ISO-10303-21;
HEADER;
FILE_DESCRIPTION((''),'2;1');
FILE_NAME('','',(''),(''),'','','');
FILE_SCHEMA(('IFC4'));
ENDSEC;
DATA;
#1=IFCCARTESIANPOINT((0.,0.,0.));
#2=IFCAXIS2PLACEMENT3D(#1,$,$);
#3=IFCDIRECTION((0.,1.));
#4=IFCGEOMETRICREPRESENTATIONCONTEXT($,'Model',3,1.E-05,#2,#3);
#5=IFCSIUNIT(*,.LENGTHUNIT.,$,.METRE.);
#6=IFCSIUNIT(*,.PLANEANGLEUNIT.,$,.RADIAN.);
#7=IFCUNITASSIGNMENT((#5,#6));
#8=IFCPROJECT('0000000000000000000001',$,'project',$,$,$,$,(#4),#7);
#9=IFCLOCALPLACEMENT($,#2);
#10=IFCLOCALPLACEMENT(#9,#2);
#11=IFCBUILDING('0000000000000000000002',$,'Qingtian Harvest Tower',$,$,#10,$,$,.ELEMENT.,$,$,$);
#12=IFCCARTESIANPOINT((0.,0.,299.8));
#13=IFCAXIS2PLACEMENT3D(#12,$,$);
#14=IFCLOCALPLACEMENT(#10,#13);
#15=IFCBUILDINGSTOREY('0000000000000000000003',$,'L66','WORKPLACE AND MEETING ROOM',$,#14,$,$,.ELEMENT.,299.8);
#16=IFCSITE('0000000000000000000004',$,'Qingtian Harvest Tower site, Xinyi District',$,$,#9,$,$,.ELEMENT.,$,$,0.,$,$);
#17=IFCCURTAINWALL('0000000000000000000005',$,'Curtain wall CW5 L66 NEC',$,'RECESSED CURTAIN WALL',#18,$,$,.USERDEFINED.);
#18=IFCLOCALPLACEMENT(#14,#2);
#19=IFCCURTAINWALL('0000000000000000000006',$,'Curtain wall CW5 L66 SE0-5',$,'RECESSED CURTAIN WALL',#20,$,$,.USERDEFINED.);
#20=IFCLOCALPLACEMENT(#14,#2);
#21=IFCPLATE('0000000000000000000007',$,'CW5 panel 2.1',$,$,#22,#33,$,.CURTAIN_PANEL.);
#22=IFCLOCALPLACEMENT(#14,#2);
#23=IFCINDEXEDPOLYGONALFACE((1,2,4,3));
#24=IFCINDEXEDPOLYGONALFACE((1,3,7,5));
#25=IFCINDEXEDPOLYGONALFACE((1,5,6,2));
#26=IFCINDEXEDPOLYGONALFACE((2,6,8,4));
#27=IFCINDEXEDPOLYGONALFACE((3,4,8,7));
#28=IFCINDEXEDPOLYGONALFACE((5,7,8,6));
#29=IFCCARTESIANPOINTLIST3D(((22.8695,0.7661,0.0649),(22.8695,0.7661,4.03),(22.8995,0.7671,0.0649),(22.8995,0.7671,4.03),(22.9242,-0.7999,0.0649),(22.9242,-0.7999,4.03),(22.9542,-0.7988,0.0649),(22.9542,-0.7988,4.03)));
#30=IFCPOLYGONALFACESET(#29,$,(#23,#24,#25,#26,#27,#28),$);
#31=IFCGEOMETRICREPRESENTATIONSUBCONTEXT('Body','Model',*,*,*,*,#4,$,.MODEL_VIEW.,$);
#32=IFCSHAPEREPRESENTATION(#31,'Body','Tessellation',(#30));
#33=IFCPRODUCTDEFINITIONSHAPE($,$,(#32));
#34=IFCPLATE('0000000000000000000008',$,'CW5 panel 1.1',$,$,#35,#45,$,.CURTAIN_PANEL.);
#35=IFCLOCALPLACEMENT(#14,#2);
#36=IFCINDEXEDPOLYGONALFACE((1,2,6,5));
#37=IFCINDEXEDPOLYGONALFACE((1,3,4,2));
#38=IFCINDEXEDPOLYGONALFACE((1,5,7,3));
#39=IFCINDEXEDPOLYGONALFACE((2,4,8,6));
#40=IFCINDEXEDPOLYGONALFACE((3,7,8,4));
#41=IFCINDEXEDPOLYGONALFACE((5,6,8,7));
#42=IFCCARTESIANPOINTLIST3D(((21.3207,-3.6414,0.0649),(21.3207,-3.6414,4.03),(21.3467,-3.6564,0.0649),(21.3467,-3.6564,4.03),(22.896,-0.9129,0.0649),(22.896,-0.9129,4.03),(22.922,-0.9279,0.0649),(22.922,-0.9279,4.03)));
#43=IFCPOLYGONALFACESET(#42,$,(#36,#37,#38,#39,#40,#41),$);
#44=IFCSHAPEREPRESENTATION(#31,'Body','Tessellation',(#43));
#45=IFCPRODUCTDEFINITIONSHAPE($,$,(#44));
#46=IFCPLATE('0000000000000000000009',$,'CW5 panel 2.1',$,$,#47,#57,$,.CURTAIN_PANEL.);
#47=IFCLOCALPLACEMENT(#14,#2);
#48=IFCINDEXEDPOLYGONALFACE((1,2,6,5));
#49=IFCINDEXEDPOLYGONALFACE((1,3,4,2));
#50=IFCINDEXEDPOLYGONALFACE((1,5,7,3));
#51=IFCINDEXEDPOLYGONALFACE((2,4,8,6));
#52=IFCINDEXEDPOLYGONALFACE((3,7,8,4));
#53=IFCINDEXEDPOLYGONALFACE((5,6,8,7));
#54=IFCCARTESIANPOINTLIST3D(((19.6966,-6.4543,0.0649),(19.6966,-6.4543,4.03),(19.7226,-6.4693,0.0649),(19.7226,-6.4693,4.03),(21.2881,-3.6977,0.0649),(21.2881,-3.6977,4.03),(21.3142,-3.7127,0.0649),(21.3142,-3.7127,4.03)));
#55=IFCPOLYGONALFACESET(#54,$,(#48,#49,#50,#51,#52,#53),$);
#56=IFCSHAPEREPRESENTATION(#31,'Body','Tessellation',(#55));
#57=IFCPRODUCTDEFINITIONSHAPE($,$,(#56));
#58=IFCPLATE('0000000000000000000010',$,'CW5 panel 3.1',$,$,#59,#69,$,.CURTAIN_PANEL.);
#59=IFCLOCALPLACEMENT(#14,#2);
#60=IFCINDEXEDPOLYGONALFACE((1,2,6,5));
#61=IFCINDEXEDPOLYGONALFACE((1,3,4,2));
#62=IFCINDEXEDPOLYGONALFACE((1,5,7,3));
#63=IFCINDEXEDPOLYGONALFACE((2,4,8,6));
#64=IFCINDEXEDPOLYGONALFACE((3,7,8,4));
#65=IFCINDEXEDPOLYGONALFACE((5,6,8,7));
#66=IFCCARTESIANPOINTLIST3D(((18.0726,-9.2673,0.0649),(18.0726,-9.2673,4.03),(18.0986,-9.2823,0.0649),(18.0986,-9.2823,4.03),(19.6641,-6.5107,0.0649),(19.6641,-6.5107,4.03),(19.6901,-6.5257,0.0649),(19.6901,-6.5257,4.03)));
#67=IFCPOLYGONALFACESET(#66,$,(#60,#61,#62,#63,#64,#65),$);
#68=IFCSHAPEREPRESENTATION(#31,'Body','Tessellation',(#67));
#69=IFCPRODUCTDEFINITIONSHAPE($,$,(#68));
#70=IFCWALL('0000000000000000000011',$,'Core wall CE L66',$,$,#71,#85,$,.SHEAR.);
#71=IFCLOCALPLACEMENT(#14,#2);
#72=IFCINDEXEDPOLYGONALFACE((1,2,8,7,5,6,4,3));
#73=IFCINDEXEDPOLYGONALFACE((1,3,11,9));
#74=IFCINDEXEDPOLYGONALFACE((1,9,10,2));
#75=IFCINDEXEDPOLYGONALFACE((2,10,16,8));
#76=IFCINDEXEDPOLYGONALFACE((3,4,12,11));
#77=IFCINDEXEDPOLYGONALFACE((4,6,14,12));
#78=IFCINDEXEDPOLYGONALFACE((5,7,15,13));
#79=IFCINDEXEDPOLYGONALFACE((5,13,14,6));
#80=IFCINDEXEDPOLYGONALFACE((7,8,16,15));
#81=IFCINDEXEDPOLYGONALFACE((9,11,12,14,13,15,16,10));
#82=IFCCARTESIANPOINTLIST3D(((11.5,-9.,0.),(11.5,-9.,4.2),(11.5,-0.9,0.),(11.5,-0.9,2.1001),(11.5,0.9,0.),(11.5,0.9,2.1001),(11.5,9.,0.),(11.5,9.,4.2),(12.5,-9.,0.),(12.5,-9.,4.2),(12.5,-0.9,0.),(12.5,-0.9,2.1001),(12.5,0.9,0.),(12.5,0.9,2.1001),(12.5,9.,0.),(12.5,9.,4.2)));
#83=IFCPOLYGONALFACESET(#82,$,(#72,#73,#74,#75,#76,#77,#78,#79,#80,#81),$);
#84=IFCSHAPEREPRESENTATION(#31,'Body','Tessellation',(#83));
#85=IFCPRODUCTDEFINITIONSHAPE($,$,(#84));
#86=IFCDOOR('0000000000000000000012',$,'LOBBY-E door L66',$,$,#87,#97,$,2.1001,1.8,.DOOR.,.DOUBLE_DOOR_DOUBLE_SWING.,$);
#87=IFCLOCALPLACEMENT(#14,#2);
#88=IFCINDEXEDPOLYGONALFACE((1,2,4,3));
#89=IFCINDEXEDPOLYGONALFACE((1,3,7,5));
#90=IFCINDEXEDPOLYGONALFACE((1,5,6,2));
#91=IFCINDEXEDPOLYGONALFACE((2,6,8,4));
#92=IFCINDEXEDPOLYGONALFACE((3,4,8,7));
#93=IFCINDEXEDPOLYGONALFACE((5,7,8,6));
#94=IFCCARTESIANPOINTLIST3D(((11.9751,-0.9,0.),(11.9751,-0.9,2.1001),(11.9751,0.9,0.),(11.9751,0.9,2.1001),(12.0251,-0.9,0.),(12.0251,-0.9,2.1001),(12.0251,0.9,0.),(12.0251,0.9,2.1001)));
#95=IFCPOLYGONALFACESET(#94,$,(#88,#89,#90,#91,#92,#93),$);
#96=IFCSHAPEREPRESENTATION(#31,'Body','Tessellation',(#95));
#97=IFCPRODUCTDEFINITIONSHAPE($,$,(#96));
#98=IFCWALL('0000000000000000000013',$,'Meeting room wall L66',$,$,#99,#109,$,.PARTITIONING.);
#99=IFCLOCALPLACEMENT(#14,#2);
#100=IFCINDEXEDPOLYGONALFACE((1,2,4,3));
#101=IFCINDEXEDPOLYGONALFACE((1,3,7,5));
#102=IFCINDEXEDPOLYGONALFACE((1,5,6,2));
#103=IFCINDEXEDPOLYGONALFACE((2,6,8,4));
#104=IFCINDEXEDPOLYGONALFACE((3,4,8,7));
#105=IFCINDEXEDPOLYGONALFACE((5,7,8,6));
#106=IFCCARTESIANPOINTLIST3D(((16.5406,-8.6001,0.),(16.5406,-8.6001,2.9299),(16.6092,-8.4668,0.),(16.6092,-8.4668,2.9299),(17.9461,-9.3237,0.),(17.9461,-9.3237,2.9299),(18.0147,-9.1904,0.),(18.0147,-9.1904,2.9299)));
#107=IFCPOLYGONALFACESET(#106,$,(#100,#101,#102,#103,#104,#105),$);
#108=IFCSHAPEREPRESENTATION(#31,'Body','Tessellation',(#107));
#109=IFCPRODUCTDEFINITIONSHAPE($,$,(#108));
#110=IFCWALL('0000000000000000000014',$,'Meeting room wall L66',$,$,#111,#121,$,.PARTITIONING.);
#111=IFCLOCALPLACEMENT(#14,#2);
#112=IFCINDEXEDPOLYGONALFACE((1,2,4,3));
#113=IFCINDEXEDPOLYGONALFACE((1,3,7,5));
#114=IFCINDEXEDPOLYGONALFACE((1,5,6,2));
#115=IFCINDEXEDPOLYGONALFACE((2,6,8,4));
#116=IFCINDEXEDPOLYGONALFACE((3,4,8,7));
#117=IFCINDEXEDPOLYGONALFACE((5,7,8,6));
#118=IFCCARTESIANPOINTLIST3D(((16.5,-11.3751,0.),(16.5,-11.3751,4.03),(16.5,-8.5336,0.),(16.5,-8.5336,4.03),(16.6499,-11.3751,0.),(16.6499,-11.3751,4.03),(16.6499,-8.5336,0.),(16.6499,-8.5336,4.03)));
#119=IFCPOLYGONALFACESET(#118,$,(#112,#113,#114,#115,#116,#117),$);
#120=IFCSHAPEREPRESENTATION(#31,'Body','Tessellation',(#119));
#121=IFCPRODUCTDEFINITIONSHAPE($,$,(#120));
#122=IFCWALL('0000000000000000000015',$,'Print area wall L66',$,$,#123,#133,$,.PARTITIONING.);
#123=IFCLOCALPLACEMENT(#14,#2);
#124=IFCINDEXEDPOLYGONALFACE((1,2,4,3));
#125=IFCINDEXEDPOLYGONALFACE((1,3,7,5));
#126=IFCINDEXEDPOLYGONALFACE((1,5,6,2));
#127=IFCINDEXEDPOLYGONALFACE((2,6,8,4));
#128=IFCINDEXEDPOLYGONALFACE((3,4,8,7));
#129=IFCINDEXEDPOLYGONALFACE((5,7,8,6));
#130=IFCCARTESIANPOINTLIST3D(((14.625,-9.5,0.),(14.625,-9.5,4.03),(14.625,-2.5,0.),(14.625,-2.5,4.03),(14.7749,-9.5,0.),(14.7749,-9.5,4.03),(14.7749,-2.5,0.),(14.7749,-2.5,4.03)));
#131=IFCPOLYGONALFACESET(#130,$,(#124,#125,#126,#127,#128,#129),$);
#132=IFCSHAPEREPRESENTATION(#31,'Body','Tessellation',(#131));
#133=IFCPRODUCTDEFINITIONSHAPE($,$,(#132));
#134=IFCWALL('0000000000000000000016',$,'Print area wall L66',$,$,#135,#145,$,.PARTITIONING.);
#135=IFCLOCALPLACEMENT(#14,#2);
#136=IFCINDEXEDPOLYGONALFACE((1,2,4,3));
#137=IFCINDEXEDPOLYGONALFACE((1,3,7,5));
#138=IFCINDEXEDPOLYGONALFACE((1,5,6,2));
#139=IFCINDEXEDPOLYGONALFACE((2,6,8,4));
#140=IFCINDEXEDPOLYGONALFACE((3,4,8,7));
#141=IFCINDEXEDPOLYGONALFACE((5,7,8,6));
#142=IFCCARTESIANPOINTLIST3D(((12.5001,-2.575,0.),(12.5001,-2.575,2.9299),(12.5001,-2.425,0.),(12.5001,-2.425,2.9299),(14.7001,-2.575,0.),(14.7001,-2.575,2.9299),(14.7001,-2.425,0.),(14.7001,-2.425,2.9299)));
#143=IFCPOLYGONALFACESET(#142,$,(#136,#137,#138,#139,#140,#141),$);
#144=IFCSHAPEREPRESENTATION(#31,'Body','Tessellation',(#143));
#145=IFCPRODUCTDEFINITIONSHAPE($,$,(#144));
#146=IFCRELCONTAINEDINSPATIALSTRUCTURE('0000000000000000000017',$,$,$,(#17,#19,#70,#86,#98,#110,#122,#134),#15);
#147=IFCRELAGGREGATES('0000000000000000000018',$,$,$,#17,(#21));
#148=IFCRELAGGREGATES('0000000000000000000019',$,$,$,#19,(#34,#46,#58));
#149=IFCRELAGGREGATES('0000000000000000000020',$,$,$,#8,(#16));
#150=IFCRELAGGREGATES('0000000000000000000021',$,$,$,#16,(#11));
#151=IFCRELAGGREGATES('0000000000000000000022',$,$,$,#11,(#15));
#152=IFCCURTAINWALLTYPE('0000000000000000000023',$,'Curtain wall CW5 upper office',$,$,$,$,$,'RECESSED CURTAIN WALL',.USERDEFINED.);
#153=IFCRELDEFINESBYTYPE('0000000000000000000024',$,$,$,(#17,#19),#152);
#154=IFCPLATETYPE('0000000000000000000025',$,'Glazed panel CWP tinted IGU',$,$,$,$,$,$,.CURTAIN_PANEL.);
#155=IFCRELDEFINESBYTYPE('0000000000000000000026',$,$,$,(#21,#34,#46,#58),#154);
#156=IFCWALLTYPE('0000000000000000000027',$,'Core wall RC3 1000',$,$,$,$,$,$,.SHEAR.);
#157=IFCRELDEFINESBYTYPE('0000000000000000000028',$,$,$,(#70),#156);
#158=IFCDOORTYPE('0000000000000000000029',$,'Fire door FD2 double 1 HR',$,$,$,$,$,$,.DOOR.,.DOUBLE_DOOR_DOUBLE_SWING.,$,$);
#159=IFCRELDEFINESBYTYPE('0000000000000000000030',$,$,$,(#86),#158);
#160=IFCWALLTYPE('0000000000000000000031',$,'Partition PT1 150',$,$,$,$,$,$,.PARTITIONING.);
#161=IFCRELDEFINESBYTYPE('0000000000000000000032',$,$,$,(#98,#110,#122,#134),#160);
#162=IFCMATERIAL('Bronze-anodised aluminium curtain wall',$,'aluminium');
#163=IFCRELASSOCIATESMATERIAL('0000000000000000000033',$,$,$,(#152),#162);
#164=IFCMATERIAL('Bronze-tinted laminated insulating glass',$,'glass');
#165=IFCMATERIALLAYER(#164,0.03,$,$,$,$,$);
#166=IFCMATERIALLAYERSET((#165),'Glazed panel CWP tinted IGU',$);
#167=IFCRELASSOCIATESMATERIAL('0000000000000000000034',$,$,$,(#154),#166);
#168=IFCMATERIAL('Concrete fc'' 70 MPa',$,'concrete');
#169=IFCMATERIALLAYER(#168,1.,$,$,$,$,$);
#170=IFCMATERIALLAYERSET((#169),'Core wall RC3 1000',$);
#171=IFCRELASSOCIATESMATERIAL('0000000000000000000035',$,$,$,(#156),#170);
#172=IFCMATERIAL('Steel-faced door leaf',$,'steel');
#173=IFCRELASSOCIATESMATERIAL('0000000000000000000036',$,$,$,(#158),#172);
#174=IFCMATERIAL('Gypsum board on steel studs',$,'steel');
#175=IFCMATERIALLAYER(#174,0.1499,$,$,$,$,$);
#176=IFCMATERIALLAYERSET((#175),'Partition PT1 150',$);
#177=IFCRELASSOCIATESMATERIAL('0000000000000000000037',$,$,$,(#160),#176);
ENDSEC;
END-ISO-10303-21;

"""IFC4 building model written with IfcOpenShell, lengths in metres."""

from ifc_helpers import new_model, si_unit, direction, frame, frame_2d, origin, origin_2d, place, context, subcontext, project, spatial, rectangle, extrude, material, layer, layer_set, type_object, element, fill, aggregate, save


model = new_model("IFC4")

# Units and contexts
model_context = context("Model", 3, precision=1e-05, world=origin(), true_north=direction((0.0, 1.0)))
body_context = subcontext(model_context, "Body", "Model", "MODEL_VIEW")
ifc_project = project(units=[si_unit("LENGTHUNIT", "METRE"), si_unit("PLANEANGLEUNIT", "RADIAN")], contexts=[model_context])

# Site, building, storey
site_placement = place(None, origin())
site = spatial("IfcSite", under=ifc_project, at=site_placement, Name="Qingtian Harvest Tower site, Xinyi District", CompositionType="ELEMENT", RefElevation=0.0)
building_placement = place(site_placement, origin())
building = spatial("IfcBuilding", under=site, at=building_placement, Name="Qingtian Harvest Tower", CompositionType="ELEMENT")
storey_placement = place(building_placement, frame((0.0, 0.0, 299.8)))
storey = spatial("IfcBuildingStorey", under=building, at=storey_placement, Name="L66", Description="WORKPLACE AND MEETING ROOM", CompositionType="ELEMENT", Elevation=299.8)

# Curtain wall
ifc_material_1 = material(Name="Bronze-anodised aluminium curtain wall", Category="aluminium")
curtain_wall_type = type_object("IfcCurtainWallType", Name="Curtain wall CW5 upper office", ElementType="RECESSED CURTAIN WALL", PredefinedType="USERDEFINED", material=ifc_material_1)
curtain_wall_1_placement = place(storey_placement, origin())
curtain_wall_1 = element("IfcCurtainWall", 1, at=curtain_wall_1_placement, inside=storey, type_object=curtain_wall_type, Name="Curtain wall CW5 L66 NEC", ObjectType="RECESSED CURTAIN WALL", PredefinedType="USERDEFINED")

# Curtain wall
curtain_wall_2_placement = place(storey_placement, origin())
curtain_wall_2 = element("IfcCurtainWall", 2, at=curtain_wall_2_placement, inside=storey, type_object=curtain_wall_type, Name="Curtain wall CW5 L66 SE0-5", ObjectType="RECESSED CURTAIN WALL", PredefinedType="USERDEFINED")

# Plates
ifc_material_2 = material(Name="Bronze-tinted laminated insulating glass", Category="glass")
ifc_layer_1 = layer(ifc_material_2, 0.03)
ifc_layer_set_1 = layer_set([ifc_layer_1], Name="Glazed panel CWP tinted IGU")
plate_type = type_object("IfcPlateType", Name="Glazed panel CWP tinted IGU", PredefinedType="CURTAIN_PANEL", material=ifc_layer_set_1)
plate_1_placement = place(storey_placement, frame((22.9119, -0.0164, 0.0649), z_axis=(0.0, 0.0, 1.0), x_axis=(0.034899, -0.999391, 0.0)))
plate_1 = element("IfcPlate", 3, at=plate_1_placement, type_object=plate_type, Name="CW5 panel 2.1", PredefinedType="CURTAIN_PANEL", context=body_context, shape_type="SweptSolid", body=[
    extrude(rectangle(XDim=1.5669, YDim=0.03, at=origin_2d()), origin(), (0.0, 0.0, 1.0), 3.9651),
])
aggregate(curtain_wall_1, [plate_1])
plate_2_placement = place(storey_placement, frame((22.1213, -2.2847, 0.0649), z_axis=(0.0, 0.0, 1.0), x_axis=(-0.5, -0.866025, 0.0)))
plate_2 = element("IfcPlate", 4, at=plate_2_placement, type_object=plate_type, Name="CW5 panel 1.1", PredefinedType="CURTAIN_PANEL", context=body_context, shape_type="SweptSolid", body=[
    extrude(rectangle(XDim=3.1506, YDim=0.03, at=origin_2d()), origin(), (0.0, 0.0, 1.0), 3.9651),
])
plate_3_placement = place(storey_placement, frame((20.5054, -5.0835, 0.0649), z_axis=(0.0, 0.0, 1.0), x_axis=(-0.5, -0.866025, 0.0)))
plate_3 = element("IfcPlate", 5, at=plate_3_placement, type_object=plate_type, Name="CW5 panel 2.1", PredefinedType="CURTAIN_PANEL", context=body_context, shape_type="SweptSolid", body=[
    extrude(rectangle(XDim=3.1831, YDim=0.03, at=origin_2d()), origin(), (0.0, 0.0, 1.0), 3.9651),
])
plate_4_placement = place(storey_placement, frame((18.8813, -7.8965, 0.0649), z_axis=(0.0, 0.0, 1.0), x_axis=(-0.5, -0.866025, 0.0)))
plate_4 = element("IfcPlate", 6, at=plate_4_placement, type_object=plate_type, Name="CW5 panel 3.1", PredefinedType="CURTAIN_PANEL", context=body_context, shape_type="SweptSolid", body=[
    extrude(rectangle(XDim=3.1831, YDim=0.03, at=origin_2d()), origin(), (0.0, 0.0, 1.0), 3.9651),
])
aggregate(curtain_wall_2, [plate_2, plate_3, plate_4])

# Wall, opening, door
ifc_material_3 = material(Name="Concrete fc' 70 MPa", Category="concrete")
ifc_layer_2 = layer(ifc_material_3, 1.0)
ifc_layer_set_2 = layer_set([ifc_layer_2], Name="Core wall RC3 1000")
wall_type_1 = type_object("IfcWallType", Name="Core wall RC3 1000", PredefinedType="SHEAR", material=ifc_layer_set_2)
wall_1_placement = place(storey_placement, frame((12.0, -9.0, 0.0), z_axis=(0.0, 0.0, 1.0), x_axis=(0.0, 1.0, 0.0)))
wall_1 = element("IfcWall", 7, at=wall_1_placement, inside=storey, type_object=wall_type_1, Name="Core wall CE L66", PredefinedType="SHEAR", context=body_context, shape_type="SweptSolid", body=[
    extrude(rectangle(XDim=18.0, YDim=1.0, at=frame_2d((9.0, 0.0))), origin(), (0.0, 0.0, 1.0), 4.2),
])
opening_placement = place(wall_1_placement, frame((8.1001, 0.0, 0.0)))
opening = element("IfcOpeningElement", 8, at=opening_placement, cuts=wall_1, PredefinedType="OPENING", context=body_context, shape_type="SweptSolid", body=[
    extrude(rectangle(XDim=1.8, YDim=2.1001, at=frame_2d((0.8999, 1.05))), frame((0.0, 0.51, 0.0), z_axis=(0.0, -1.0, 0.0), x_axis=(1.0, 0.0, 0.0)), (0.0, 0.0, 1.0), 1.02),
])
ifc_material_4 = material(Name="Steel-faced door leaf", Category="steel")
door_type = type_object("IfcDoorType", Name="Fire door FD2 double 1 HR", OperationType="DOUBLE_DOOR_DOUBLE_SWING", PredefinedType="DOOR", material=ifc_material_4)
door_placement = place(opening_placement, origin())
door = element("IfcDoor", 9, at=door_placement, inside=storey, type_object=door_type, Name="LOBBY-E door L66", OperationType="DOUBLE_DOOR_DOUBLE_SWING", OverallHeight=2.1001, OverallWidth=1.8, PredefinedType="DOOR", context=body_context, shape_type="SweptSolid", body=[
    extrude(rectangle(XDim=1.8, YDim=2.1001, at=frame_2d((0.8999, 1.05))), frame((0.0, 0.0249, 0.0), z_axis=(0.0, -1.0, 0.0), x_axis=(1.0, 0.0, 0.0)), (0.0, 0.0, 1.0), 0.05),
])
fill(opening, door)

# Walls
ifc_material_5 = material(Name="Gypsum board on steel studs", Category="steel")
ifc_layer_3 = layer(ifc_material_5, 0.1499)
ifc_layer_set_3 = layer_set([ifc_layer_3], Name="Partition PT1 150")
wall_type_2 = type_object("IfcWallType", Name="Partition PT1 150", PredefinedType="PARTITIONING", material=ifc_layer_set_3)
wall_2_placement = place(storey_placement, frame((17.9805, -9.2571, 0.0), z_axis=(0.0, 0.0, 1.0), x_axis=(-0.889083, 0.457746, 0.0)))
element("IfcWall", 10, at=wall_2_placement, inside=storey, type_object=wall_type_2, Name="Meeting room wall L66", PredefinedType="PARTITIONING", context=body_context, shape_type="SweptSolid", body=[
    extrude(rectangle(XDim=1.5808, YDim=0.1499, at=frame_2d((0.7905, 0.0))), origin(), (0.0, 0.0, 1.0), 2.9299),
])
wall_3_placement = place(storey_placement, frame((16.575, -8.5334, 0.0), z_axis=(0.0, 0.0, 1.0), x_axis=(0.0, -1.0, 0.0)))
element("IfcWall", 11, at=wall_3_placement, inside=storey, type_object=wall_type_2, Name="Meeting room wall L66", PredefinedType="PARTITIONING", context=body_context, shape_type="SweptSolid", body=[
    extrude(rectangle(XDim=2.8416, YDim=0.1499, at=frame_2d((1.4209, 0.0))), origin(), (0.0, 0.0, 1.0), 4.03),
])
wall_4_placement = place(storey_placement, frame((14.7, -9.5, 0.0), z_axis=(0.0, 0.0, 1.0), x_axis=(0.0, 1.0, 0.0)))
element("IfcWall", 12, at=wall_4_placement, inside=storey, type_object=wall_type_2, Name="Print area wall L66", PredefinedType="PARTITIONING", context=body_context, shape_type="SweptSolid", body=[
    extrude(rectangle(XDim=7.0, YDim=0.1499, at=frame_2d((3.5, 0.0))), origin(), (0.0, 0.0, 1.0), 4.03),
])
wall_5_placement = place(storey_placement, frame((12.5, -2.5, 0.0), z_axis=(0.0, 0.0, 1.0), x_axis=(1.0, 0.0, 0.0)))
element("IfcWall", 13, at=wall_5_placement, inside=storey, type_object=wall_type_2, Name="Print area wall L66", PredefinedType="PARTITIONING", context=body_context, shape_type="SweptSolid", body=[
    extrude(rectangle(XDim=2.2, YDim=0.1499, at=frame_2d((1.1001, 0.0))), origin(), (0.0, 0.0, 1.0), 2.9299),
])

save(model, "model.ifc")
